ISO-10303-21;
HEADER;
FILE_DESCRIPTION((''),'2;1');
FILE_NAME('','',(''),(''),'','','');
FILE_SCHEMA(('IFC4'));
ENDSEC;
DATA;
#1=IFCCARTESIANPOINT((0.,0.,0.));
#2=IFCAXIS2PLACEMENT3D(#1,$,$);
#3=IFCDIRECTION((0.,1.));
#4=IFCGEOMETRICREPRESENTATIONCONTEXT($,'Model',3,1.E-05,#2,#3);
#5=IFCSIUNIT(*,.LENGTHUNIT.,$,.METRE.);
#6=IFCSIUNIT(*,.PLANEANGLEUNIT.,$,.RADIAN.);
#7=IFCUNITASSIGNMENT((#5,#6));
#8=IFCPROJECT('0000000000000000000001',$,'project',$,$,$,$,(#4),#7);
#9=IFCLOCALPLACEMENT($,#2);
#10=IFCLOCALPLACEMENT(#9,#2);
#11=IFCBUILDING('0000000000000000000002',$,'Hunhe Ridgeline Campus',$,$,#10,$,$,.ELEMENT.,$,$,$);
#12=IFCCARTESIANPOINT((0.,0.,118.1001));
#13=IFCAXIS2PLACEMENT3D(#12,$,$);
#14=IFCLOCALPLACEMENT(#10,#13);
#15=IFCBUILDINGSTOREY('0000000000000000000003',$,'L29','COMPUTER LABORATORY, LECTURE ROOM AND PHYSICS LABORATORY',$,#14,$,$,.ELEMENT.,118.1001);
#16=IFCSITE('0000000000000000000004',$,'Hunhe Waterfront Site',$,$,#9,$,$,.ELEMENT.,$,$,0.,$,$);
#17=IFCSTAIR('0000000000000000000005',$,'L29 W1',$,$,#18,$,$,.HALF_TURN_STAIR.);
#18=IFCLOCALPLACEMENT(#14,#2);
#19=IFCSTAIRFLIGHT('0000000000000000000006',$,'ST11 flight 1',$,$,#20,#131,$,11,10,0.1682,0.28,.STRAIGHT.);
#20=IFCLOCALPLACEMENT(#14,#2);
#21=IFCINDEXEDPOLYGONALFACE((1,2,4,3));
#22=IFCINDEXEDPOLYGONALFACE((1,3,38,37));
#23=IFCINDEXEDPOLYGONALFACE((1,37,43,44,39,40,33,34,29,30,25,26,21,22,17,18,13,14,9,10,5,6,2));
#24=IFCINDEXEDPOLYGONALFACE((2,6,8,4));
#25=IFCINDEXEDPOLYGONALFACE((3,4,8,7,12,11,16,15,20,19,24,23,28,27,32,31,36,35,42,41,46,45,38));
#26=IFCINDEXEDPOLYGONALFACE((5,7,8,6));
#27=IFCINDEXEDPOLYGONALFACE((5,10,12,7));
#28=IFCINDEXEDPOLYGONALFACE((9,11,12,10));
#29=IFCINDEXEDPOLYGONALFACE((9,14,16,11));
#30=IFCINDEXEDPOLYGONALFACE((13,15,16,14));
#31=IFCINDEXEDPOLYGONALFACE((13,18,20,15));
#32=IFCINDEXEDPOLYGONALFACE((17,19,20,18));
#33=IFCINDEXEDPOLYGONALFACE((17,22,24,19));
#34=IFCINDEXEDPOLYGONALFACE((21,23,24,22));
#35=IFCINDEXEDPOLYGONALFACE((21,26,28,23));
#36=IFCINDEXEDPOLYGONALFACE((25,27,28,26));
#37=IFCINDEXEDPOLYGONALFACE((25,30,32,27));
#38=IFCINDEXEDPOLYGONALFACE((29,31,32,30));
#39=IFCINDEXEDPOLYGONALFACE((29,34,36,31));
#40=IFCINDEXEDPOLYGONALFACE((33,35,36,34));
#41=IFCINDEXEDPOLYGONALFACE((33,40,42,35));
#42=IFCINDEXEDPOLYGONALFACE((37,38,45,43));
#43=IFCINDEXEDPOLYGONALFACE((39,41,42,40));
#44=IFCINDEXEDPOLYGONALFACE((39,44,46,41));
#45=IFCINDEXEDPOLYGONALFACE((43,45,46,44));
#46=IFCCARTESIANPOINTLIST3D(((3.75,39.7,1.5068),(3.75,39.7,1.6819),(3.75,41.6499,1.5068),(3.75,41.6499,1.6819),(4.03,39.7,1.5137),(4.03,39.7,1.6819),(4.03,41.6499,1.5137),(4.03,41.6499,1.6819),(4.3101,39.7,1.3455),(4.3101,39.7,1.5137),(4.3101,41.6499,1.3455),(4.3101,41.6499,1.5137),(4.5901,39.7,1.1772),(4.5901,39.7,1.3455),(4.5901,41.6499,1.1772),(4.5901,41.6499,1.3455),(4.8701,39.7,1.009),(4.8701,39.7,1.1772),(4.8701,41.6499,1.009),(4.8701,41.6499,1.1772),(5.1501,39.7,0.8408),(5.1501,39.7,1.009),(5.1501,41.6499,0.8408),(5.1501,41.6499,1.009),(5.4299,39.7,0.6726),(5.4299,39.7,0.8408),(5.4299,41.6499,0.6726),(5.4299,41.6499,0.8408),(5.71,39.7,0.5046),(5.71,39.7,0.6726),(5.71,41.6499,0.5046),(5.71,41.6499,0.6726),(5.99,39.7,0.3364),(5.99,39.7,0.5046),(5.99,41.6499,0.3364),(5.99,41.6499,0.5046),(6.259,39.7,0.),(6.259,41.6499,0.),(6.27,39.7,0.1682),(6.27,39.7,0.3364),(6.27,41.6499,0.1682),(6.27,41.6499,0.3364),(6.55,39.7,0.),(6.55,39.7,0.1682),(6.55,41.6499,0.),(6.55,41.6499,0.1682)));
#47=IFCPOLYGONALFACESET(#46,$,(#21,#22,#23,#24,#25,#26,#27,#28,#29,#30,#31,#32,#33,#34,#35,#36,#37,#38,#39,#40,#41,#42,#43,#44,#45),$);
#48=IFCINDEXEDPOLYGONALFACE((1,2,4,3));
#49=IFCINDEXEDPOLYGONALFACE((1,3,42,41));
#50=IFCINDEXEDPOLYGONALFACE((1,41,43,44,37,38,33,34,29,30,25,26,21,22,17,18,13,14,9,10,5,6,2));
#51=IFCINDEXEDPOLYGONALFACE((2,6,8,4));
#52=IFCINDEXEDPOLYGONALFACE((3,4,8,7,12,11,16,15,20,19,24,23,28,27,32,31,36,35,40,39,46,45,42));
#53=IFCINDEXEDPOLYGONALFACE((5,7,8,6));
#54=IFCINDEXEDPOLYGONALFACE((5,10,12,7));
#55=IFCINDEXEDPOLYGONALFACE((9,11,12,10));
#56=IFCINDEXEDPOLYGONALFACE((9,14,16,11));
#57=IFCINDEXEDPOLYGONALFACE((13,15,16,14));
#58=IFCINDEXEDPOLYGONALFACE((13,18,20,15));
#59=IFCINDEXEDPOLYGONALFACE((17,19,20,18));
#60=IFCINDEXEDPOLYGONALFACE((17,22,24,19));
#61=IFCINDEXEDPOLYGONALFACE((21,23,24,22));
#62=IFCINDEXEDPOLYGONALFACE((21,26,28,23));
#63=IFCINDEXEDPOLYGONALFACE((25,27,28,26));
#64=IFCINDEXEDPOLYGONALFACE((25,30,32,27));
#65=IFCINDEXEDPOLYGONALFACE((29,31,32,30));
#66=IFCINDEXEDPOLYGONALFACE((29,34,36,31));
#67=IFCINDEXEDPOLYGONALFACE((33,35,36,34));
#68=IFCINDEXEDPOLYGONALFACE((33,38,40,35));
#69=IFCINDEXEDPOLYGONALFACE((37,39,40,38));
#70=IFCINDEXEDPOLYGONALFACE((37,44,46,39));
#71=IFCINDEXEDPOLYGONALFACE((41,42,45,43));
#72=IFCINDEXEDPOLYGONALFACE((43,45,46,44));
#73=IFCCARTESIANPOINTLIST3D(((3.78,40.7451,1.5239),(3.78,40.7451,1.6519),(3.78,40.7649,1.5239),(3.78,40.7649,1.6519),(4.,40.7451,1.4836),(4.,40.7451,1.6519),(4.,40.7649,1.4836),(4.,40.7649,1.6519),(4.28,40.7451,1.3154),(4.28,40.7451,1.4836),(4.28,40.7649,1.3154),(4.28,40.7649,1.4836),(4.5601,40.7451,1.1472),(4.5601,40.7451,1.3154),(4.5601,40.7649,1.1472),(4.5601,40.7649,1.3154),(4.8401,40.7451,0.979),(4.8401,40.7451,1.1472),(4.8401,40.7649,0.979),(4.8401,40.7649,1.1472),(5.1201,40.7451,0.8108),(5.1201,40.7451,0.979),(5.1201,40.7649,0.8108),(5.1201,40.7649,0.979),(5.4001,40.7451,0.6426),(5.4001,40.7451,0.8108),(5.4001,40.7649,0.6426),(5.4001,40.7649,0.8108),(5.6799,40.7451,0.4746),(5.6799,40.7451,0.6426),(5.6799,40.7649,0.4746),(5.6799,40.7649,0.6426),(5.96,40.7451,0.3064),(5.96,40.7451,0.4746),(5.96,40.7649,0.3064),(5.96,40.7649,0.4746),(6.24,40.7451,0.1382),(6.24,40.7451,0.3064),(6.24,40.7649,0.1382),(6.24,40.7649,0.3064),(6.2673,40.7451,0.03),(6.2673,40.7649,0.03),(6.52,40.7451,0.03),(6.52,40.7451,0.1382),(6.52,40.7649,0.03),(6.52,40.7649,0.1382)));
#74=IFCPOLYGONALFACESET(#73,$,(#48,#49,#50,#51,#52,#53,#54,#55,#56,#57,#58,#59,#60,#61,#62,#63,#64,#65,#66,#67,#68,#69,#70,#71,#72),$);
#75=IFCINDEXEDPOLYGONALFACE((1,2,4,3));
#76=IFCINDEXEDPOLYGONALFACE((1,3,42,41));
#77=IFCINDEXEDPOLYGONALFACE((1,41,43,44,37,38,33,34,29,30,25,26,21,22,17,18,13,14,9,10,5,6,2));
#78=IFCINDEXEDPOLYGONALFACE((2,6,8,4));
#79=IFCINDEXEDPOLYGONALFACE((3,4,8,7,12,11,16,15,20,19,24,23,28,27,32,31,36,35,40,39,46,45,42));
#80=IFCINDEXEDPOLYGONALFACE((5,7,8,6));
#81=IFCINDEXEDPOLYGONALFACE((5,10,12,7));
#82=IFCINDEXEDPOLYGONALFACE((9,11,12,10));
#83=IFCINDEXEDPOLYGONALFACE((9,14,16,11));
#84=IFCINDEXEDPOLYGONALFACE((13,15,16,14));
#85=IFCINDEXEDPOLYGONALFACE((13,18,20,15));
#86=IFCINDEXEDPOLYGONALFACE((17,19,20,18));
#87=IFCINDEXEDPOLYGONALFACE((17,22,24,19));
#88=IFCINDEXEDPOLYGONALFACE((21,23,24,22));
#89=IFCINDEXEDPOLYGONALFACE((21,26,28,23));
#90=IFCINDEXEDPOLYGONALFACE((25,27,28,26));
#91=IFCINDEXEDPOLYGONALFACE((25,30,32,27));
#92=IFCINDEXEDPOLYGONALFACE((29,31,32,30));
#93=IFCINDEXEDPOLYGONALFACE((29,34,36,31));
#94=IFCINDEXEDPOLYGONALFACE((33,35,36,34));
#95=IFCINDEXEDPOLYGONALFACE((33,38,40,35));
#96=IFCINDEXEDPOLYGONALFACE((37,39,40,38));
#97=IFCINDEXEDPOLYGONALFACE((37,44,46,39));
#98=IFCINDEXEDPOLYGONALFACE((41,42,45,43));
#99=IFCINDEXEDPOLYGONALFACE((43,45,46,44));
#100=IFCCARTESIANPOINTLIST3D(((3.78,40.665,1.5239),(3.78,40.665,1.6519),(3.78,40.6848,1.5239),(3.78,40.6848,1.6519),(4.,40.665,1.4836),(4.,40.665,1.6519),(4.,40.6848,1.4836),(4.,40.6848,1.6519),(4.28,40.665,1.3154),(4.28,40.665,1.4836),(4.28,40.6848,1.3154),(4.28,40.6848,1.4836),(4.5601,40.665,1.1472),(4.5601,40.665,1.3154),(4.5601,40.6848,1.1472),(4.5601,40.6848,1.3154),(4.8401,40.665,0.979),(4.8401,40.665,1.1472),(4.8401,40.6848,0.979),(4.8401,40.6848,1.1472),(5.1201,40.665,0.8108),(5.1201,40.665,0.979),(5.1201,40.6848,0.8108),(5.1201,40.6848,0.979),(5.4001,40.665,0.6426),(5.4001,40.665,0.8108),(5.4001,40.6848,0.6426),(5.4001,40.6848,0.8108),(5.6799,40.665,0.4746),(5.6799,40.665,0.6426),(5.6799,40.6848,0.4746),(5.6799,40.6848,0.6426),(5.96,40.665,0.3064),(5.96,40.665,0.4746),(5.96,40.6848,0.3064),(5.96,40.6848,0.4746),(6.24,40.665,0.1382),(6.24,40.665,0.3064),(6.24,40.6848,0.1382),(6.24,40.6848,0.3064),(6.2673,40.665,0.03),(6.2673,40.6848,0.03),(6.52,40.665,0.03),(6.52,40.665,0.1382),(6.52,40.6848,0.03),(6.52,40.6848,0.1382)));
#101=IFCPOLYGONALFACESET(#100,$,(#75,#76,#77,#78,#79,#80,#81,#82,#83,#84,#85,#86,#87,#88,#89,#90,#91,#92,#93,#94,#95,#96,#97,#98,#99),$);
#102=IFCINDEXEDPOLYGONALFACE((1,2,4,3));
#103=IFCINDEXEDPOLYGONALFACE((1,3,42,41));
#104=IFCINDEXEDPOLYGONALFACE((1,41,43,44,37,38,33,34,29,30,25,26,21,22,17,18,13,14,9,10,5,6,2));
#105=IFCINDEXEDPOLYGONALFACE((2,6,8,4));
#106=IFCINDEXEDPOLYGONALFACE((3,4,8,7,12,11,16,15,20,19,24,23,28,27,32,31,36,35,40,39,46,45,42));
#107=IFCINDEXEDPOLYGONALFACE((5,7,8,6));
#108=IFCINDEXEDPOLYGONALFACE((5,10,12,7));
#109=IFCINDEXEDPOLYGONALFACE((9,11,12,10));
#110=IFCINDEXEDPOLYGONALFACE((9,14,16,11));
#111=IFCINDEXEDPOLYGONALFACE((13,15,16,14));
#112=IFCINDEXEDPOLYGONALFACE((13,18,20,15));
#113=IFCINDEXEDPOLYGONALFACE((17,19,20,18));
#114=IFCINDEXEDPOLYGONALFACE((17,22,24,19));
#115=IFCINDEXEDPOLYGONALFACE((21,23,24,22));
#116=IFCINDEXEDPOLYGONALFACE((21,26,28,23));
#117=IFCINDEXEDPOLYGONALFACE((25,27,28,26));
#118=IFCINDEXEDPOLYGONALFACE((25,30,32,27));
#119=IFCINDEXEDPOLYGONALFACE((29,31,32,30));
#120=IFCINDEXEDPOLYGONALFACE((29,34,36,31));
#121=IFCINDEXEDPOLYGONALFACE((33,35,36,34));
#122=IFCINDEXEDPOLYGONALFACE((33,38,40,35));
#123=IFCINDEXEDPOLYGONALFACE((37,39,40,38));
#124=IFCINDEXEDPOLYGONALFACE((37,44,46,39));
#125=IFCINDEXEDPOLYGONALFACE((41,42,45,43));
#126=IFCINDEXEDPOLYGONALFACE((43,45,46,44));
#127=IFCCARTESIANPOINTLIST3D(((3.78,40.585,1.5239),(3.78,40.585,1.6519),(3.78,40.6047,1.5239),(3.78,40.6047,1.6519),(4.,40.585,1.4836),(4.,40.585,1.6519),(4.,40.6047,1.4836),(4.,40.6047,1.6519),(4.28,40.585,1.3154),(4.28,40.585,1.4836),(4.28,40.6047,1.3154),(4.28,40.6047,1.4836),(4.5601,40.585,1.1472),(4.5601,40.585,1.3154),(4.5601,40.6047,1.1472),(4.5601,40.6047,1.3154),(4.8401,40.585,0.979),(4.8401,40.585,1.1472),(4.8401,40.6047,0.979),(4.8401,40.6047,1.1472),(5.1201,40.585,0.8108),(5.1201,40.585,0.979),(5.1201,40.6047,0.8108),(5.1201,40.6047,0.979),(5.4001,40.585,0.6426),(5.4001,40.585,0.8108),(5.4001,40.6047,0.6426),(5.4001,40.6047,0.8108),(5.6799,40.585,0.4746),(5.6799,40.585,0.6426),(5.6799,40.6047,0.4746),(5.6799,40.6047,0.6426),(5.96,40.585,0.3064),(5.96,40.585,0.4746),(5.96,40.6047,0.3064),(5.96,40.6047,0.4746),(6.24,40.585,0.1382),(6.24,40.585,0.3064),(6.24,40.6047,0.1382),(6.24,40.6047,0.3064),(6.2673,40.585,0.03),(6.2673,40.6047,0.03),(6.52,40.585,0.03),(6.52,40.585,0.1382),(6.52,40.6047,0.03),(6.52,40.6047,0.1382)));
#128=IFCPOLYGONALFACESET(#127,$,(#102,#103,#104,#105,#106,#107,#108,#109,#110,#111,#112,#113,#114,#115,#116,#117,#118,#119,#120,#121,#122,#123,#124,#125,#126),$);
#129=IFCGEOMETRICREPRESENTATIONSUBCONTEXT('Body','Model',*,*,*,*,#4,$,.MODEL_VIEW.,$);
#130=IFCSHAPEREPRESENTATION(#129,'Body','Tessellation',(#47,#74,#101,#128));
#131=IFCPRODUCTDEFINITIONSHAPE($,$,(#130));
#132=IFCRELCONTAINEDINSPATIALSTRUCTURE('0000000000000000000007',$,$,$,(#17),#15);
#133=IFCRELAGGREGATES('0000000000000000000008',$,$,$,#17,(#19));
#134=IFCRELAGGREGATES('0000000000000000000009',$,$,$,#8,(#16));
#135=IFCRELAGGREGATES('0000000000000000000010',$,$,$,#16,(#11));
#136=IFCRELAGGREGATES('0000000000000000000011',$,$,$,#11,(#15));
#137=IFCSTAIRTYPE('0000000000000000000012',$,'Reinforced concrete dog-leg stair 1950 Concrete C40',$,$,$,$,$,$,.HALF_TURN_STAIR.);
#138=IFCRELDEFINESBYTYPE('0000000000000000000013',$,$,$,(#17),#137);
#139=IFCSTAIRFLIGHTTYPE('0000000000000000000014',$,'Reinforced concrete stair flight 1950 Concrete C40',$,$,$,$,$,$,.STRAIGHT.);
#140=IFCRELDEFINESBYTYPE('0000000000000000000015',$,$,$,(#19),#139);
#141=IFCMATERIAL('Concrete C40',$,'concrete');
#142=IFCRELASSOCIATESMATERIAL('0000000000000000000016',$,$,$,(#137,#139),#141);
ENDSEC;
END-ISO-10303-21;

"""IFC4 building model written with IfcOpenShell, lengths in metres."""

from ifc_helpers import new_model, si_unit, direction, frame, origin, place, context, subcontext, project, spatial, polyline, outline, extrude, material, type_object, element, aggregate, save


model = new_model("IFC4")

# Units and contexts
model_context = context("Model", 3, precision=1e-05, world=origin(), true_north=direction((0.0, 1.0)))
body_context = subcontext(model_context, "Body", "Model", "MODEL_VIEW")
ifc_project = project(units=[si_unit("LENGTHUNIT", "METRE"), si_unit("PLANEANGLEUNIT", "RADIAN")], contexts=[model_context])

# Site, building, storey
site_placement = place(None, origin())
site = spatial("IfcSite", under=ifc_project, at=site_placement, Name="Hunhe Waterfront Site", CompositionType="ELEMENT", RefElevation=0.0)
building_placement = place(site_placement, origin())
building = spatial("IfcBuilding", under=site, at=building_placement, Name="Hunhe Ridgeline Campus", CompositionType="ELEMENT")
storey_placement = place(building_placement, frame((0.0, 0.0, 118.1001)))
storey = spatial("IfcBuildingStorey", under=building, at=storey_placement, Name="L29", Description="COMPUTER LABORATORY, LECTURE ROOM AND PHYSICS LABORATORY", CompositionType="ELEMENT", Elevation=118.1001)

# Shared definitions
ifc_material_1 = material(Name="Concrete C40", Category="concrete")
stair_type = type_object("IfcStairType", Name="Reinforced concrete dog-leg stair 1950 Concrete C40", PredefinedType="HALF_TURN_STAIR", material=ifc_material_1)
stair_flight_type = type_object("IfcStairFlightType", Name="Reinforced concrete stair flight 1950 Concrete C40", PredefinedType="STRAIGHT", material=ifc_material_1)

# Stair, stair flight
stair_1_placement = place(storey_placement, origin())
stair_1 = element("IfcStair", 1, at=stair_1_placement, inside=storey, type_object=stair_type, Name="L29 W1", PredefinedType="HALF_TURN_STAIR")
stair_flight_1_placement = place(storey_placement, frame((6.55, 40.675, 0.0), z_axis=(0.0, 0.0, 1.0), x_axis=(-1.0, 0.0, 0.0)))
stair_flight_1 = element("IfcStairFlight", 2, at=stair_flight_1_placement, type_object=stair_flight_type, Name="ST11 flight 1", NumberOfRisers=11, NumberOfTreads=10, PredefinedType="STRAIGHT", RiserHeight=0.1682, TreadLength=0.28, context=body_context, shape_type="SweptSolid", body=[
    extrude(outline(polyline([(0.0, 0.0), (0.0, 0.1682), (0.28, 0.1682), (0.28, 0.3364), (0.5601, 0.3364), (0.5601, 0.5046), (0.8401, 0.5046), (0.8401, 0.6726), (1.1201, 0.6726), (1.1201, 0.8408), (1.3999, 0.8408), (1.3999, 1.009), (1.6799, 1.009), (1.6799, 1.1772), (1.96, 1.1772), (1.96, 1.3455), (2.24, 1.3455), (2.24, 1.5137), (2.52, 1.5137), (2.52, 1.6819), (2.8, 1.6819), (2.8, 1.8501), (2.8, 1.5068), (0.291, 0.0), (0.0, 0.0)])), frame((0.0, 0.9751, 0.0), z_axis=(0.0, -1.0, 0.0), x_axis=(1.0, 0.0, 0.0)), (0.0, 0.0, 1.0), 1.95),
    extrude(outline(polyline([(0.03, 0.03), (0.03, 0.1382), (0.3101, 0.1382), (0.3101, 0.3064), (0.5901, 0.3064), (0.5901, 0.4746), (0.8701, 0.4746), (0.8701, 0.6426), (1.1499, 0.6426), (1.1499, 0.8108), (1.4299, 0.8108), (1.4299, 0.979), (1.71, 0.979), (1.71, 1.1472), (1.99, 1.1472), (1.99, 1.3154), (2.27, 1.3154), (2.27, 1.4836), (2.55, 1.4836), (2.55, 1.6519), (2.77, 1.6519), (2.77, 1.5239), (0.2827, 0.03), (0.03, 0.03)])), frame((0.0, -0.0701, 0.0), z_axis=(0.0, -1.0, 0.0), x_axis=(1.0, 0.0, 0.0)), (0.0, 0.0, 1.0), 0.0198),
    extrude(outline(polyline([(0.03, 0.03), (0.03, 0.1382), (0.3101, 0.1382), (0.3101, 0.3064), (0.5901, 0.3064), (0.5901, 0.4746), (0.8701, 0.4746), (0.8701, 0.6426), (1.1499, 0.6426), (1.1499, 0.8108), (1.4299, 0.8108), (1.4299, 0.979), (1.71, 0.979), (1.71, 1.1472), (1.99, 1.1472), (1.99, 1.3154), (2.27, 1.3154), (2.27, 1.4836), (2.55, 1.4836), (2.55, 1.6519), (2.77, 1.6519), (2.77, 1.5239), (0.2827, 0.03), (0.03, 0.03)])), frame((0.0, 0.01, 0.0), z_axis=(0.0, -1.0, 0.0), x_axis=(1.0, 0.0, 0.0)), (0.0, 0.0, 1.0), 0.0198),
    extrude(outline(polyline([(0.03, 0.03), (0.03, 0.1382), (0.3101, 0.1382), (0.3101, 0.3064), (0.5901, 0.3064), (0.5901, 0.4746), (0.8701, 0.4746), (0.8701, 0.6426), (1.1499, 0.6426), (1.1499, 0.8108), (1.4299, 0.8108), (1.4299, 0.979), (1.71, 0.979), (1.71, 1.1472), (1.99, 1.1472), (1.99, 1.3154), (2.27, 1.3154), (2.27, 1.4836), (2.55, 1.4836), (2.55, 1.6519), (2.77, 1.6519), (2.77, 1.5239), (0.2827, 0.03), (0.03, 0.03)])), frame((0.0, 0.0901, 0.0), z_axis=(0.0, -1.0, 0.0), x_axis=(1.0, 0.0, 0.0)), (0.0, 0.0, 1.0), 0.0198),
])
aggregate(stair_1, [stair_flight_1])

save(model, "model.ifc")
